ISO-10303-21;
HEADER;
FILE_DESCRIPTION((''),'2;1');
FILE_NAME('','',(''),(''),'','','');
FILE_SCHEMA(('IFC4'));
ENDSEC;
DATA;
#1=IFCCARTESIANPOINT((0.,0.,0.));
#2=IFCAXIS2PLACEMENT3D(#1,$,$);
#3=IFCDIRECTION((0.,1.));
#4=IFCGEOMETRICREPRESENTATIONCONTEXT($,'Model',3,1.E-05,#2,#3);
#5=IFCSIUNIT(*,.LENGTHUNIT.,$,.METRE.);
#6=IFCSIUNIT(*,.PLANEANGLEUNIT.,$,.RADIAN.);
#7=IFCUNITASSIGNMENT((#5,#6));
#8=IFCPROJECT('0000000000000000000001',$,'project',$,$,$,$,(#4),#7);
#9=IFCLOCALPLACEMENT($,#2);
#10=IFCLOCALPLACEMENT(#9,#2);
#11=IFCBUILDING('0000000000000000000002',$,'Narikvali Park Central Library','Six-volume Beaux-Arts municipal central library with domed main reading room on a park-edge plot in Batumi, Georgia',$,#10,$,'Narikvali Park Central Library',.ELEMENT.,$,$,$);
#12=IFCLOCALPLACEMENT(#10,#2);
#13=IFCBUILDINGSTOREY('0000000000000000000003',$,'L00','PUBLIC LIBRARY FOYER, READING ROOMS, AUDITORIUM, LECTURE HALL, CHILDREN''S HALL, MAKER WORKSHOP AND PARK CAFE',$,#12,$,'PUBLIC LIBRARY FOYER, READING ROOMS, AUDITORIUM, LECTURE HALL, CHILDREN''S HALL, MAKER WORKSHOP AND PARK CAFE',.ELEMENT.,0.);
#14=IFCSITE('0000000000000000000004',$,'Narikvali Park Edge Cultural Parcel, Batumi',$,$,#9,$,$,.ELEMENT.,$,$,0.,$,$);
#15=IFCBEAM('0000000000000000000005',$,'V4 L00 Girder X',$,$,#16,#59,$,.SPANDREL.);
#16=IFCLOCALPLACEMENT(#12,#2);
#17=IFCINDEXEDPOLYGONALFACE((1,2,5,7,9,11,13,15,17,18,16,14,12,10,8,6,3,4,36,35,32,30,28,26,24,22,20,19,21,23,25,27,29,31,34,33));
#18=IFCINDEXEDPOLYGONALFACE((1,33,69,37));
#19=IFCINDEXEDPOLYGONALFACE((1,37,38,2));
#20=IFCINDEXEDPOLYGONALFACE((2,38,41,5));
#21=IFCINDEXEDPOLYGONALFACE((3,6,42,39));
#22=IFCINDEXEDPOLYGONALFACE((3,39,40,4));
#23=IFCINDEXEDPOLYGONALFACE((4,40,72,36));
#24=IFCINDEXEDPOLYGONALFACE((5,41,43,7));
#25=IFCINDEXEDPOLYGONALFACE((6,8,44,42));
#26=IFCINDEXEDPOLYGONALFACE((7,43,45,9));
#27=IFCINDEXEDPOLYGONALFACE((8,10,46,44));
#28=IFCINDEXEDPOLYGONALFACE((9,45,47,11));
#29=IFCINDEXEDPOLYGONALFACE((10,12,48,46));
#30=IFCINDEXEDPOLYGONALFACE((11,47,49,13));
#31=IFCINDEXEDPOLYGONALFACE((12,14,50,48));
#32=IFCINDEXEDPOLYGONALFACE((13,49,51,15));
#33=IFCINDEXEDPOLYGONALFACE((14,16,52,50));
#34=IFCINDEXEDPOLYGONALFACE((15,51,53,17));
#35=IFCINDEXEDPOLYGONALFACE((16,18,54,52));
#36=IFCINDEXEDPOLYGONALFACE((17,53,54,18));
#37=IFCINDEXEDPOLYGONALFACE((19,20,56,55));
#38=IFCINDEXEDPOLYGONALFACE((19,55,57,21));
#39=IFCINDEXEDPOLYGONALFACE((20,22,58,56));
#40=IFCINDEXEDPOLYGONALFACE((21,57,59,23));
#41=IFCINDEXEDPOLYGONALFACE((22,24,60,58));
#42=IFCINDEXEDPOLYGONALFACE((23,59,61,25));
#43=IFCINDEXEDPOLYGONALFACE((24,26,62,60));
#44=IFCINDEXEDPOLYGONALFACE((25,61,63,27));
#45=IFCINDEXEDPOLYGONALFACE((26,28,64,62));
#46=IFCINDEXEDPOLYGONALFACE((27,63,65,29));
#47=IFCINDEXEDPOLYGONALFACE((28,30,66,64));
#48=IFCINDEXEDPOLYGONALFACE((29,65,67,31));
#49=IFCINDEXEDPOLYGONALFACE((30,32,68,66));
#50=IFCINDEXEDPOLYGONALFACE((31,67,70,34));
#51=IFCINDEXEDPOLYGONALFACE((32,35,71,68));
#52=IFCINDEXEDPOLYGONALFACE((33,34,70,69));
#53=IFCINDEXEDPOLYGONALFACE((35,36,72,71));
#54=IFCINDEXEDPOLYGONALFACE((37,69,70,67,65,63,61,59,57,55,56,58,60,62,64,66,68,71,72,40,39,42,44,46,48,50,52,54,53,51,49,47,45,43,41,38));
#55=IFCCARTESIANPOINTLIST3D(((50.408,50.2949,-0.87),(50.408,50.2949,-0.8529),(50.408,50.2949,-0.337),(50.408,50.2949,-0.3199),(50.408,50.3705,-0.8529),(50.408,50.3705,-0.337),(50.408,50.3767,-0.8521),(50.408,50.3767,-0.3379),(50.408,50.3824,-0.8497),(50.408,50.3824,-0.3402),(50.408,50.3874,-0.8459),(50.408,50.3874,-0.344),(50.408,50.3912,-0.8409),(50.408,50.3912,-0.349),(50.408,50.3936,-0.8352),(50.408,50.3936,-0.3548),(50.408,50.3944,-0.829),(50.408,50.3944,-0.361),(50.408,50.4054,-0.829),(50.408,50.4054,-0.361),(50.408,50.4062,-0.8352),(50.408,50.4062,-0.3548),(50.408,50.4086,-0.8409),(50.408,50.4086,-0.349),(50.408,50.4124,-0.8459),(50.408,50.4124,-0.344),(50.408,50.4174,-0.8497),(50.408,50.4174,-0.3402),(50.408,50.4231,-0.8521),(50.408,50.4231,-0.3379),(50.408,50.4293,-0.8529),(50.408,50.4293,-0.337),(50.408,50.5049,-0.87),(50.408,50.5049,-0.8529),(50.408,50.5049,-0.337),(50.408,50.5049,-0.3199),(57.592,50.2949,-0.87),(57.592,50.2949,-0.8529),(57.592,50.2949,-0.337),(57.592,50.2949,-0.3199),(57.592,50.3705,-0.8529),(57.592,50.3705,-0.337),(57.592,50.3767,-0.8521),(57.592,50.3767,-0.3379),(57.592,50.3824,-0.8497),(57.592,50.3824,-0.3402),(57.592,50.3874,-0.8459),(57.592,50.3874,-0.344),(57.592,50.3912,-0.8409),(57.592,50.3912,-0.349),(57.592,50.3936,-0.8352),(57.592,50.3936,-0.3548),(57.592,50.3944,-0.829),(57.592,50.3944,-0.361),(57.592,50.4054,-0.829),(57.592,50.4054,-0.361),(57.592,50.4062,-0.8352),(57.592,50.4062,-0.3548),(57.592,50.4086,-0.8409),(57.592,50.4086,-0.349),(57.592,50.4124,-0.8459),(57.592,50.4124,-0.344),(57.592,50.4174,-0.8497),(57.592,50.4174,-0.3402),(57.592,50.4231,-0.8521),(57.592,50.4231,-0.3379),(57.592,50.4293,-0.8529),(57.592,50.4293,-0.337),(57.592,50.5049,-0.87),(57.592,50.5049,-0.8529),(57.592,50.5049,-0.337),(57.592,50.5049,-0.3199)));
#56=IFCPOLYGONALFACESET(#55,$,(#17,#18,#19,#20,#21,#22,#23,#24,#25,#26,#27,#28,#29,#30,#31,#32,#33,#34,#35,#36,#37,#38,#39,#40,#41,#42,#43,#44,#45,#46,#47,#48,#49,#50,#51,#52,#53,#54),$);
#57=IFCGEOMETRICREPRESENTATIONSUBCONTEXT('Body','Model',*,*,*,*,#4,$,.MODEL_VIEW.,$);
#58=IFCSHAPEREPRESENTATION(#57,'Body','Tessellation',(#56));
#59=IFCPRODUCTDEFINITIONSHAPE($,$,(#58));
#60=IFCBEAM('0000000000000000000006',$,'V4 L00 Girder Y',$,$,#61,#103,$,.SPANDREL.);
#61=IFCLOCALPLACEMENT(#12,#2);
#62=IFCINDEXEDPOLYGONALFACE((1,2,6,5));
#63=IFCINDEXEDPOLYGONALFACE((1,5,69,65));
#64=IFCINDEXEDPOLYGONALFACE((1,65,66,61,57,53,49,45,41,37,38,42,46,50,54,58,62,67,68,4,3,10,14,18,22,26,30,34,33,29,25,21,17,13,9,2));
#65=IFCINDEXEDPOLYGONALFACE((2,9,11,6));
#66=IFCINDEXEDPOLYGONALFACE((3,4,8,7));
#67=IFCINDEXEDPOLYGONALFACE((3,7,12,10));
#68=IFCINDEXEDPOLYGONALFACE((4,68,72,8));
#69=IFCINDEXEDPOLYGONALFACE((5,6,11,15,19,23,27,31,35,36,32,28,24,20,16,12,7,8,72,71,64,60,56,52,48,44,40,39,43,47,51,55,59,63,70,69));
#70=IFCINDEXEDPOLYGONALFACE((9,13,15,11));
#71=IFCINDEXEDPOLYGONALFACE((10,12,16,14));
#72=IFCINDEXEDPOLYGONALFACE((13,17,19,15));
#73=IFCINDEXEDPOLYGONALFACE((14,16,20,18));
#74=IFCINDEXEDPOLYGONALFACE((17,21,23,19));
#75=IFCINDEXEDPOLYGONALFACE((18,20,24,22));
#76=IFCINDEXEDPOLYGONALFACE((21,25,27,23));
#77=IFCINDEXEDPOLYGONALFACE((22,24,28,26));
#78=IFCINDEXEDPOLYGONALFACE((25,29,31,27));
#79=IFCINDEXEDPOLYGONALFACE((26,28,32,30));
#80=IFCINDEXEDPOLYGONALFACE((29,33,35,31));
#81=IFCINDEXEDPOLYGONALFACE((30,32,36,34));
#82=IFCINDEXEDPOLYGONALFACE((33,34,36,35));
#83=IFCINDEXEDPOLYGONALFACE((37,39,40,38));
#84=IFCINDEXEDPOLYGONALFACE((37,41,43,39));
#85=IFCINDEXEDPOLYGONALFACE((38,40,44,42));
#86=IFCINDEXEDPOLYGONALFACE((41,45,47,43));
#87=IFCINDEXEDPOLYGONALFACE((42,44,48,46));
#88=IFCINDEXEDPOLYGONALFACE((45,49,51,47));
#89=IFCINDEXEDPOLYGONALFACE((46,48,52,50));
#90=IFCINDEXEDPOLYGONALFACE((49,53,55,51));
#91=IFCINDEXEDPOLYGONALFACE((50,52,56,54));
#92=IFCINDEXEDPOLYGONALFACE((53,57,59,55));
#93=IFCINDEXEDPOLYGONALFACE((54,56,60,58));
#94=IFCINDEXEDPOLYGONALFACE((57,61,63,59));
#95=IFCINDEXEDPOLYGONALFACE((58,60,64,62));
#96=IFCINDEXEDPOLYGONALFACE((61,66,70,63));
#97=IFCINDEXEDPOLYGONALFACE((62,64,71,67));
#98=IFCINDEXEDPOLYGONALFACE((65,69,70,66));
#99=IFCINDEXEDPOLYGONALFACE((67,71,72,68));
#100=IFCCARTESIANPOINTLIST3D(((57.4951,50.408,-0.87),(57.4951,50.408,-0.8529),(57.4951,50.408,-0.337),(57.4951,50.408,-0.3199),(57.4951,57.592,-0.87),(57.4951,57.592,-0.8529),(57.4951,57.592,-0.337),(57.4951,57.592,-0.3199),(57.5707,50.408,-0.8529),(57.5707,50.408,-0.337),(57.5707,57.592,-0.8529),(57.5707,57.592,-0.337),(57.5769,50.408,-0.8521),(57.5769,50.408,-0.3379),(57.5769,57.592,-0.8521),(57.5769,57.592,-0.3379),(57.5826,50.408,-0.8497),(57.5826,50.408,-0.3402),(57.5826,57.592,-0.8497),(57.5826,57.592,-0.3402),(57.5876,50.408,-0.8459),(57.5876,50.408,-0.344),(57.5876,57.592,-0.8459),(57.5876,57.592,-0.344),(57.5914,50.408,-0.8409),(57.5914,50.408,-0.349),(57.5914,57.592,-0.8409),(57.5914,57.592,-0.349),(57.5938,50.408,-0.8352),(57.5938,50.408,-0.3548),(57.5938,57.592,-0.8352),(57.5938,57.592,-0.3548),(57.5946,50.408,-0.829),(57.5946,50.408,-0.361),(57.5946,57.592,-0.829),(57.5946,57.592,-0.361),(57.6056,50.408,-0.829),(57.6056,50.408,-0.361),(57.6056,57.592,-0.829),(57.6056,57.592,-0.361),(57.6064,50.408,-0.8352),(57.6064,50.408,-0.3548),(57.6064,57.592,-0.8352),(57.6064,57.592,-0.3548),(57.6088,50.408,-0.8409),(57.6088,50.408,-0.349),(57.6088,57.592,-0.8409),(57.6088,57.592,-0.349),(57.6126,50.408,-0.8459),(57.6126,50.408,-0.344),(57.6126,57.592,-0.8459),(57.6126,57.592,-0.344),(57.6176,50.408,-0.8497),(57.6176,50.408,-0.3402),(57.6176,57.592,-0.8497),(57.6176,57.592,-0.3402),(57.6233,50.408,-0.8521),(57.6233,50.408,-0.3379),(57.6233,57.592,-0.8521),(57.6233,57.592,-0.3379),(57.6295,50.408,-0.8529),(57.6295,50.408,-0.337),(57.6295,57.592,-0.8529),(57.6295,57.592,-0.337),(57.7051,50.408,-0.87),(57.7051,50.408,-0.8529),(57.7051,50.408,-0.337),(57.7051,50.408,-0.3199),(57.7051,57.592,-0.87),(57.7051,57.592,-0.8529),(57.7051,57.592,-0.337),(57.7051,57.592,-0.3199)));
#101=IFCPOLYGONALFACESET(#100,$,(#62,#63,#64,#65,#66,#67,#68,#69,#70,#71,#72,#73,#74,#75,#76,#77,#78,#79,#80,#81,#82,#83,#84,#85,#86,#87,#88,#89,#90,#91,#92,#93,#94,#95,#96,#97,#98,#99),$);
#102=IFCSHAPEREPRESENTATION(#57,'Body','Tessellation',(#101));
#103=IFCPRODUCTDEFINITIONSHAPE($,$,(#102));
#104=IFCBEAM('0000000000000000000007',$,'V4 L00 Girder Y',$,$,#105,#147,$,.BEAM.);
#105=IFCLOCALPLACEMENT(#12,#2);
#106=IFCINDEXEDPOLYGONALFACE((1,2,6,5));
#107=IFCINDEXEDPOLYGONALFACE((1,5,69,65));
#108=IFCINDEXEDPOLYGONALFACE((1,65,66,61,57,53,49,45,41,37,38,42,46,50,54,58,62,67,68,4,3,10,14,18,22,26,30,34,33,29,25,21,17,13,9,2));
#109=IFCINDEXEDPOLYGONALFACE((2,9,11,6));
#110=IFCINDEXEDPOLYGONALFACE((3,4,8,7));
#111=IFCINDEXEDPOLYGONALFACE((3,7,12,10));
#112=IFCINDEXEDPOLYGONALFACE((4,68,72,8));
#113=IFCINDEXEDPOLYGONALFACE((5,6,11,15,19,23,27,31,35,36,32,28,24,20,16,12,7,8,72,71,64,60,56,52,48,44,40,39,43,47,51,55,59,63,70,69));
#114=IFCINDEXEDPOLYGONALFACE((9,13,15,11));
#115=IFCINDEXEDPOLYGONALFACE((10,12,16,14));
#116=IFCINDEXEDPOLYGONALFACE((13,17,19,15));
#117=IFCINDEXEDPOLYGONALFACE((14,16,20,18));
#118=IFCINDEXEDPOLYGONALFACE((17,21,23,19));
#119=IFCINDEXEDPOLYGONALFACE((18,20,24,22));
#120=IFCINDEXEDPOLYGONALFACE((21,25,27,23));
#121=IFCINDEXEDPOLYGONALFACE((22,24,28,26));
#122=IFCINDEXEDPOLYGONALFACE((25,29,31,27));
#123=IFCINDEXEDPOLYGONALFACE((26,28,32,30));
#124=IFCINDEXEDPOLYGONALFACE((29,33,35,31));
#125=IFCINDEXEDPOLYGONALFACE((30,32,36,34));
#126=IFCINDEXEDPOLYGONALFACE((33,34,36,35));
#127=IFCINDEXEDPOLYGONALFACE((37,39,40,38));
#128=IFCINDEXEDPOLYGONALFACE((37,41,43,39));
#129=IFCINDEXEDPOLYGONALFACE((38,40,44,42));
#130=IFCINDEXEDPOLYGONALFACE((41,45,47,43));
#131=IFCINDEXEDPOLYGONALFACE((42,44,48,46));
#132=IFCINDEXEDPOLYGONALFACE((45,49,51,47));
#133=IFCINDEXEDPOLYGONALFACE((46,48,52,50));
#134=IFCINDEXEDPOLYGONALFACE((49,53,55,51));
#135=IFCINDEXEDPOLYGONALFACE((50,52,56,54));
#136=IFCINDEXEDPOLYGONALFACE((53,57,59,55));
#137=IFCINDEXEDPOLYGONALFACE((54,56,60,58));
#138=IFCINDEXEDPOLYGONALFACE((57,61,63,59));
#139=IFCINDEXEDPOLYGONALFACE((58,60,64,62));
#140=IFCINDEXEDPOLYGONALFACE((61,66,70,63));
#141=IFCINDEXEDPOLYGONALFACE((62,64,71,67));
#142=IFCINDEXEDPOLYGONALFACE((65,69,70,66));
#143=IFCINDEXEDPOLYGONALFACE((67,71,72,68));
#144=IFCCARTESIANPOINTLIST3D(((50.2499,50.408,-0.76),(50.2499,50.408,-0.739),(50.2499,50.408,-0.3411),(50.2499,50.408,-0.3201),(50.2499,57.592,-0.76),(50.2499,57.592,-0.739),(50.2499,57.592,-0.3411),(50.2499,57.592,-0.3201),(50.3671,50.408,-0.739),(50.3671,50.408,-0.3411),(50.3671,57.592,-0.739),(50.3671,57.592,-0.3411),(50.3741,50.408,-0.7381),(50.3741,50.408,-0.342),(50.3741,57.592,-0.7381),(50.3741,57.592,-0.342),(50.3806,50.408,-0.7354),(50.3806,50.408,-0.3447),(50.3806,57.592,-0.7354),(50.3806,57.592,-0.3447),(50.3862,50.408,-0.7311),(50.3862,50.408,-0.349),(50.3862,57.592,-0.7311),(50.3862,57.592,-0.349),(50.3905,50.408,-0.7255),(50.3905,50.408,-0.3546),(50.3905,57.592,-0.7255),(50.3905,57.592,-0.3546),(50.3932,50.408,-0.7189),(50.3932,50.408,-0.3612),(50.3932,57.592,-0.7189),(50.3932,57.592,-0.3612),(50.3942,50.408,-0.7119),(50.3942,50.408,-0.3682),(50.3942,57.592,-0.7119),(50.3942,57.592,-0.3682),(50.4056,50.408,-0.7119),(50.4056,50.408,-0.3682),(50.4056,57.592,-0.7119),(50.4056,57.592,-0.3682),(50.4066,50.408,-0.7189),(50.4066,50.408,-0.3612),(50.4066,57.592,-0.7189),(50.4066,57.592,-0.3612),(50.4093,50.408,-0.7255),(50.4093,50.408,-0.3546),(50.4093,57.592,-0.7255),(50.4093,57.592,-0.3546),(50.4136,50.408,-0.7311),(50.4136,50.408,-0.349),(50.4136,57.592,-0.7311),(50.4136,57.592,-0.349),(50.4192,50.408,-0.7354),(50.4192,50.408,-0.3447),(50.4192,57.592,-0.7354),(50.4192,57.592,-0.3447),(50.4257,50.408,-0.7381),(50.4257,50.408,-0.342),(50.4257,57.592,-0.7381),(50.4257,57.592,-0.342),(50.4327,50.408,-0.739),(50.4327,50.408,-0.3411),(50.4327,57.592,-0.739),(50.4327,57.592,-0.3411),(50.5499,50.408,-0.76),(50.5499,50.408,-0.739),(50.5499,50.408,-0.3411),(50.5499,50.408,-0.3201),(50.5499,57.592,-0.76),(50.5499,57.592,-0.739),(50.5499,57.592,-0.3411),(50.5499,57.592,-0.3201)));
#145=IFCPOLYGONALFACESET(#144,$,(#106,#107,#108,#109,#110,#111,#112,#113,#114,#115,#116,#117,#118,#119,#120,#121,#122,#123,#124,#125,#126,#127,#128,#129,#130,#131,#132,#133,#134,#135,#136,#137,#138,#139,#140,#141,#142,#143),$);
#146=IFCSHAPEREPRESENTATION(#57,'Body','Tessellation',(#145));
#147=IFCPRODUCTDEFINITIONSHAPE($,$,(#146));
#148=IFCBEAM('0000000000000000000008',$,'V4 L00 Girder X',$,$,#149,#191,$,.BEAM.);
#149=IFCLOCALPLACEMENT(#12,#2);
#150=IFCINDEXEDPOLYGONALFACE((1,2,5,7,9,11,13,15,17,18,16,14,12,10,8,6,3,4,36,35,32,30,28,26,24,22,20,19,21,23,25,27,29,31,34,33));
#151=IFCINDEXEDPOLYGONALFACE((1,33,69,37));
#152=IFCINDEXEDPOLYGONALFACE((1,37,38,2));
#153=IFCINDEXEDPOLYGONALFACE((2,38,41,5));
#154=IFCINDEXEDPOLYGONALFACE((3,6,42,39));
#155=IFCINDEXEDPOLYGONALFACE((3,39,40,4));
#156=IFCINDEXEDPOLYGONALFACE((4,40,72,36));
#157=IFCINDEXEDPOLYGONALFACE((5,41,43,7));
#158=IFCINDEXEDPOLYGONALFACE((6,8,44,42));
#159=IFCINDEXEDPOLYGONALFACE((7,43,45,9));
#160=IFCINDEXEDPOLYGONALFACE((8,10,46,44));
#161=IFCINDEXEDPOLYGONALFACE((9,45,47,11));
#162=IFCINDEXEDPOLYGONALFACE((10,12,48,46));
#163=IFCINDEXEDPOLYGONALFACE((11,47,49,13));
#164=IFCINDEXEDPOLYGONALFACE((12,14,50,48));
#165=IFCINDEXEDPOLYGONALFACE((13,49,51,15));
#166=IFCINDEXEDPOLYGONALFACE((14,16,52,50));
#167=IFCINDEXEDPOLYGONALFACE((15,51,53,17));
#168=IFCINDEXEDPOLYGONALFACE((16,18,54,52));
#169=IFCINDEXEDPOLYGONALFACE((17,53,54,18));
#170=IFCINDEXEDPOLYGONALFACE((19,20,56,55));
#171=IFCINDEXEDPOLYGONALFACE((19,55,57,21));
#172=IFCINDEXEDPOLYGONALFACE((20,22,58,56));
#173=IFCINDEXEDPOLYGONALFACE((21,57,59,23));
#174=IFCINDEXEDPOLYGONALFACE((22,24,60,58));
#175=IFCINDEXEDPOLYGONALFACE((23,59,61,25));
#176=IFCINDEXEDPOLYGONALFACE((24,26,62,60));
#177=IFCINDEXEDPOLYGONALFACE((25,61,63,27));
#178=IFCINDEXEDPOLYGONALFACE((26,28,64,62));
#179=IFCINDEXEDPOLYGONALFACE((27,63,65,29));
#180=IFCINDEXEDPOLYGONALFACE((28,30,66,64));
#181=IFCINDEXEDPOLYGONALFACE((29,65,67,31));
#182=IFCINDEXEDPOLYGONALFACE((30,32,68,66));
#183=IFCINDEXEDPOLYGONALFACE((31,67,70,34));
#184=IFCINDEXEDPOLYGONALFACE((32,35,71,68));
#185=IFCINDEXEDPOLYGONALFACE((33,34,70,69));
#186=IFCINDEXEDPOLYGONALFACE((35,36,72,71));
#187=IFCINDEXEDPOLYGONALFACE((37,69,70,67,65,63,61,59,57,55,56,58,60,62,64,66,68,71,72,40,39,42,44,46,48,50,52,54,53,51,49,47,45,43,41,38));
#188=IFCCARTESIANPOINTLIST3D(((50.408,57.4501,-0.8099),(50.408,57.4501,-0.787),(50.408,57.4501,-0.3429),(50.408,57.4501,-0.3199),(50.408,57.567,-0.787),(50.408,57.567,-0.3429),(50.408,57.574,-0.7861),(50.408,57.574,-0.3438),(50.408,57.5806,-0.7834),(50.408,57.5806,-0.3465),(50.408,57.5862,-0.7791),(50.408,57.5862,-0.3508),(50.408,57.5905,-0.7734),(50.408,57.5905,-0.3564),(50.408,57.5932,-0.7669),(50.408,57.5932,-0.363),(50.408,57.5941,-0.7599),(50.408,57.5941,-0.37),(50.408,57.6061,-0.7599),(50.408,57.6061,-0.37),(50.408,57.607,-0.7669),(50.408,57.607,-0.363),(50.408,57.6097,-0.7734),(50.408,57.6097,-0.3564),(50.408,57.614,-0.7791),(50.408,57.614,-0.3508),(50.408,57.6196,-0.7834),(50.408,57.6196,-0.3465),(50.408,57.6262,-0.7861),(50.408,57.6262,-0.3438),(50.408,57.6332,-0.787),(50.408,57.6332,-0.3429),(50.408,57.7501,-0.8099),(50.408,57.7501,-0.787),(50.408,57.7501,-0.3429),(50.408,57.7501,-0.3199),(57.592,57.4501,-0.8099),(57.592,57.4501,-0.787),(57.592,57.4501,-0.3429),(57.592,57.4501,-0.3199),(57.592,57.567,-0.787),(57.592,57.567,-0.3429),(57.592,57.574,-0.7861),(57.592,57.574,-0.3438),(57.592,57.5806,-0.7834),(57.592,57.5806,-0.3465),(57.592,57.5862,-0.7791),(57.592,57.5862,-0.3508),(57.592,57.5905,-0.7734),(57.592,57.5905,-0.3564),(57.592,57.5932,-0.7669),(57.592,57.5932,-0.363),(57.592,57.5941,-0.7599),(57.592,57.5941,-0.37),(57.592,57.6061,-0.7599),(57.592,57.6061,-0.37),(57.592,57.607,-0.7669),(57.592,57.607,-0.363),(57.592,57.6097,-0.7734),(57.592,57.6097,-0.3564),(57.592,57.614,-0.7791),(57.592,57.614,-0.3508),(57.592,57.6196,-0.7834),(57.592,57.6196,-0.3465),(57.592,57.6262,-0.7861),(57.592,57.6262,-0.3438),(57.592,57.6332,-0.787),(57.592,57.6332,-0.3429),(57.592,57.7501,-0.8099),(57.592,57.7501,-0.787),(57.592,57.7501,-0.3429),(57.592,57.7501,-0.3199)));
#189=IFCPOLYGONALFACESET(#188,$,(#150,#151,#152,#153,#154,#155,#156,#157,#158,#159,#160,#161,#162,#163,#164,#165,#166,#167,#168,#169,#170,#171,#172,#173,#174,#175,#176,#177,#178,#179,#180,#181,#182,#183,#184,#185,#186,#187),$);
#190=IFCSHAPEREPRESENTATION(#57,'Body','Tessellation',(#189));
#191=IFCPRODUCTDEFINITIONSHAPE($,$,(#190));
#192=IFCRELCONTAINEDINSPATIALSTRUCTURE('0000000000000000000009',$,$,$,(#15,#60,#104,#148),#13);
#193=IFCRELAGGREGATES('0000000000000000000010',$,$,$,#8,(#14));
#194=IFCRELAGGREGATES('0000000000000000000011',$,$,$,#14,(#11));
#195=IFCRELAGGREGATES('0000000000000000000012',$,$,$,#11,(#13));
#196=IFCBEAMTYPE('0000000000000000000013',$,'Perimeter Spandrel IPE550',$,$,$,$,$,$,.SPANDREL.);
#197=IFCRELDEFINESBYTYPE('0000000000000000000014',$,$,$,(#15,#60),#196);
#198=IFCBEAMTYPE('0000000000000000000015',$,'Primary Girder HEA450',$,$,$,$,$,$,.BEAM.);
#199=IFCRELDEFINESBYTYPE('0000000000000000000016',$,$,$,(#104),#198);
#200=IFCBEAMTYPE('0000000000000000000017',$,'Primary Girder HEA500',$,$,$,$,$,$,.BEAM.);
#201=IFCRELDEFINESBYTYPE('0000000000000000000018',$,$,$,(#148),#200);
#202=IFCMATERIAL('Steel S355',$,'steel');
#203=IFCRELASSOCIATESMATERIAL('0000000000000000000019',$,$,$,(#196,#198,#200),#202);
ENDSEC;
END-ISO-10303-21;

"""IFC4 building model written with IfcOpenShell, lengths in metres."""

from ifc_helpers import new_model, si_unit, direction, frame, origin, origin_2d, place, context, subcontext, project, spatial, i_section, extrude, material, material_profile, profile_set, type_object, element, save


model = new_model("IFC4")

# Units and contexts
model_context = context("Model", 3, precision=1e-05, world=origin(), true_north=direction((0.0, 1.0)))
body_context = subcontext(model_context, "Body", "Model", "MODEL_VIEW")
ifc_project = project(units=[si_unit("LENGTHUNIT", "METRE"), si_unit("PLANEANGLEUNIT", "RADIAN")], contexts=[model_context])

# Site, building, storey
site_placement = place(None, origin())
site = spatial("IfcSite", under=ifc_project, at=site_placement, Name="Narikvali Park Edge Cultural Parcel, Batumi", CompositionType="ELEMENT", RefElevation=0.0)
building_placement = place(site_placement, origin())
building = spatial("IfcBuilding", under=site, at=building_placement, Name="Narikvali Park Central Library", Description="Six-volume Beaux-Arts municipal central library with domed main reading room on a park-edge plot in Batumi, Georgia", LongName="Narikvali Park Central Library", CompositionType="ELEMENT")
storey_placement = place(building_placement, origin())
storey = spatial("IfcBuildingStorey", under=building, at=storey_placement, Name="L00", Description="PUBLIC LIBRARY FOYER, READING ROOMS, AUDITORIUM, LECTURE HALL, CHILDREN'S HALL, MAKER WORKSHOP AND PARK CAFE", LongName="PUBLIC LIBRARY FOYER, READING ROOMS, AUDITORIUM, LECTURE HALL, CHILDREN'S HALL, MAKER WORKSHOP AND PARK CAFE", CompositionType="ELEMENT", Elevation=0.0)

# Shared definitions
ifc_material_1 = material(Name="Steel S355", Category="steel")

# Beams
ifc_material_profile_1 = material_profile(ifc_material_1, i_section(OverallWidth=0.21, OverallDepth=0.55, WebThickness=0.011, FlangeThickness=0.0171, FilletRadius=0.0239, at=origin_2d()), Name="IPE 550")
ifc_profile_set_1 = profile_set([ifc_material_profile_1], Name="Steel S355")
beam_type_1 = type_object("IfcBeamType", Name="Perimeter Spandrel IPE550", PredefinedType="SPANDREL", material=ifc_profile_set_1)
for number, where, z_axis, x_axis, name in (
    (1, (50.408, 50.3999, -0.595), (1.0, 0.0, 0.0), (0.0, 1.0, 0.0), "V4 L00 Girder X"),
    (2, (57.6001, 50.408, -0.595), (0.0, 1.0, 0.0), (-1.0, 0.0, 0.0), "V4 L00 Girder Y"),
):
    element("IfcBeam", number, at=place(storey_placement, frame(where, z_axis=z_axis, x_axis=x_axis)), inside=storey, type_object=beam_type_1, Name=name, PredefinedType="SPANDREL", context=body_context, shape_type="SweptSolid", body=[
        extrude(i_section(OverallWidth=0.21, OverallDepth=0.55, WebThickness=0.011, FlangeThickness=0.0171, FilletRadius=0.0239, at=origin_2d()), origin(), (0.0, 0.0, 1.0), 7.1841),
    ])
ifc_material_profile_2 = material_profile(ifc_material_1, i_section(OverallWidth=0.3, OverallDepth=0.4399, WebThickness=0.0115, FlangeThickness=0.021, FilletRadius=0.0271, at=origin_2d()), Name="HEA 450")
ifc_profile_set_2 = profile_set([ifc_material_profile_2], Name="Steel S355")
beam_type_2 = type_object("IfcBeamType", Name="Primary Girder HEA450", PredefinedType="BEAM", material=ifc_profile_set_2)
beam_1_placement = place(storey_placement, frame((50.3999, 50.408, -0.54), z_axis=(0.0, 1.0, 0.0), x_axis=(-1.0, 0.0, 0.0)))
element("IfcBeam", 3, at=beam_1_placement, inside=storey, type_object=beam_type_2, Name="V4 L00 Girder Y", PredefinedType="BEAM", context=body_context, shape_type="SweptSolid", body=[
    extrude(i_section(OverallWidth=0.3, OverallDepth=0.4399, WebThickness=0.0115, FlangeThickness=0.021, FilletRadius=0.0271, at=origin_2d()), origin(), (0.0, 0.0, 1.0), 7.1841),
])
ifc_material_profile_3 = material_profile(ifc_material_1, i_section(OverallWidth=0.3, OverallDepth=0.49, WebThickness=0.012, FlangeThickness=0.0229, FilletRadius=0.0271, at=origin_2d()), Name="HEA 500")
ifc_profile_set_3 = profile_set([ifc_material_profile_3], Name="Steel S355")
beam_type_3 = type_object("IfcBeamType", Name="Primary Girder HEA500", PredefinedType="BEAM", material=ifc_profile_set_3)
beam_2_placement = place(storey_placement, frame((50.408, 57.6001, -0.5649), z_axis=(1.0, 0.0, 0.0), x_axis=(0.0, 1.0, 0.0)))
element("IfcBeam", 4, at=beam_2_placement, inside=storey, type_object=beam_type_3, Name="V4 L00 Girder X", PredefinedType="BEAM", context=body_context, shape_type="SweptSolid", body=[
    extrude(i_section(OverallWidth=0.3, OverallDepth=0.49, WebThickness=0.012, FlangeThickness=0.0229, FilletRadius=0.0271, at=origin_2d()), origin(), (0.0, 0.0, 1.0), 7.1841),
])

save(model, "model.ifc")
